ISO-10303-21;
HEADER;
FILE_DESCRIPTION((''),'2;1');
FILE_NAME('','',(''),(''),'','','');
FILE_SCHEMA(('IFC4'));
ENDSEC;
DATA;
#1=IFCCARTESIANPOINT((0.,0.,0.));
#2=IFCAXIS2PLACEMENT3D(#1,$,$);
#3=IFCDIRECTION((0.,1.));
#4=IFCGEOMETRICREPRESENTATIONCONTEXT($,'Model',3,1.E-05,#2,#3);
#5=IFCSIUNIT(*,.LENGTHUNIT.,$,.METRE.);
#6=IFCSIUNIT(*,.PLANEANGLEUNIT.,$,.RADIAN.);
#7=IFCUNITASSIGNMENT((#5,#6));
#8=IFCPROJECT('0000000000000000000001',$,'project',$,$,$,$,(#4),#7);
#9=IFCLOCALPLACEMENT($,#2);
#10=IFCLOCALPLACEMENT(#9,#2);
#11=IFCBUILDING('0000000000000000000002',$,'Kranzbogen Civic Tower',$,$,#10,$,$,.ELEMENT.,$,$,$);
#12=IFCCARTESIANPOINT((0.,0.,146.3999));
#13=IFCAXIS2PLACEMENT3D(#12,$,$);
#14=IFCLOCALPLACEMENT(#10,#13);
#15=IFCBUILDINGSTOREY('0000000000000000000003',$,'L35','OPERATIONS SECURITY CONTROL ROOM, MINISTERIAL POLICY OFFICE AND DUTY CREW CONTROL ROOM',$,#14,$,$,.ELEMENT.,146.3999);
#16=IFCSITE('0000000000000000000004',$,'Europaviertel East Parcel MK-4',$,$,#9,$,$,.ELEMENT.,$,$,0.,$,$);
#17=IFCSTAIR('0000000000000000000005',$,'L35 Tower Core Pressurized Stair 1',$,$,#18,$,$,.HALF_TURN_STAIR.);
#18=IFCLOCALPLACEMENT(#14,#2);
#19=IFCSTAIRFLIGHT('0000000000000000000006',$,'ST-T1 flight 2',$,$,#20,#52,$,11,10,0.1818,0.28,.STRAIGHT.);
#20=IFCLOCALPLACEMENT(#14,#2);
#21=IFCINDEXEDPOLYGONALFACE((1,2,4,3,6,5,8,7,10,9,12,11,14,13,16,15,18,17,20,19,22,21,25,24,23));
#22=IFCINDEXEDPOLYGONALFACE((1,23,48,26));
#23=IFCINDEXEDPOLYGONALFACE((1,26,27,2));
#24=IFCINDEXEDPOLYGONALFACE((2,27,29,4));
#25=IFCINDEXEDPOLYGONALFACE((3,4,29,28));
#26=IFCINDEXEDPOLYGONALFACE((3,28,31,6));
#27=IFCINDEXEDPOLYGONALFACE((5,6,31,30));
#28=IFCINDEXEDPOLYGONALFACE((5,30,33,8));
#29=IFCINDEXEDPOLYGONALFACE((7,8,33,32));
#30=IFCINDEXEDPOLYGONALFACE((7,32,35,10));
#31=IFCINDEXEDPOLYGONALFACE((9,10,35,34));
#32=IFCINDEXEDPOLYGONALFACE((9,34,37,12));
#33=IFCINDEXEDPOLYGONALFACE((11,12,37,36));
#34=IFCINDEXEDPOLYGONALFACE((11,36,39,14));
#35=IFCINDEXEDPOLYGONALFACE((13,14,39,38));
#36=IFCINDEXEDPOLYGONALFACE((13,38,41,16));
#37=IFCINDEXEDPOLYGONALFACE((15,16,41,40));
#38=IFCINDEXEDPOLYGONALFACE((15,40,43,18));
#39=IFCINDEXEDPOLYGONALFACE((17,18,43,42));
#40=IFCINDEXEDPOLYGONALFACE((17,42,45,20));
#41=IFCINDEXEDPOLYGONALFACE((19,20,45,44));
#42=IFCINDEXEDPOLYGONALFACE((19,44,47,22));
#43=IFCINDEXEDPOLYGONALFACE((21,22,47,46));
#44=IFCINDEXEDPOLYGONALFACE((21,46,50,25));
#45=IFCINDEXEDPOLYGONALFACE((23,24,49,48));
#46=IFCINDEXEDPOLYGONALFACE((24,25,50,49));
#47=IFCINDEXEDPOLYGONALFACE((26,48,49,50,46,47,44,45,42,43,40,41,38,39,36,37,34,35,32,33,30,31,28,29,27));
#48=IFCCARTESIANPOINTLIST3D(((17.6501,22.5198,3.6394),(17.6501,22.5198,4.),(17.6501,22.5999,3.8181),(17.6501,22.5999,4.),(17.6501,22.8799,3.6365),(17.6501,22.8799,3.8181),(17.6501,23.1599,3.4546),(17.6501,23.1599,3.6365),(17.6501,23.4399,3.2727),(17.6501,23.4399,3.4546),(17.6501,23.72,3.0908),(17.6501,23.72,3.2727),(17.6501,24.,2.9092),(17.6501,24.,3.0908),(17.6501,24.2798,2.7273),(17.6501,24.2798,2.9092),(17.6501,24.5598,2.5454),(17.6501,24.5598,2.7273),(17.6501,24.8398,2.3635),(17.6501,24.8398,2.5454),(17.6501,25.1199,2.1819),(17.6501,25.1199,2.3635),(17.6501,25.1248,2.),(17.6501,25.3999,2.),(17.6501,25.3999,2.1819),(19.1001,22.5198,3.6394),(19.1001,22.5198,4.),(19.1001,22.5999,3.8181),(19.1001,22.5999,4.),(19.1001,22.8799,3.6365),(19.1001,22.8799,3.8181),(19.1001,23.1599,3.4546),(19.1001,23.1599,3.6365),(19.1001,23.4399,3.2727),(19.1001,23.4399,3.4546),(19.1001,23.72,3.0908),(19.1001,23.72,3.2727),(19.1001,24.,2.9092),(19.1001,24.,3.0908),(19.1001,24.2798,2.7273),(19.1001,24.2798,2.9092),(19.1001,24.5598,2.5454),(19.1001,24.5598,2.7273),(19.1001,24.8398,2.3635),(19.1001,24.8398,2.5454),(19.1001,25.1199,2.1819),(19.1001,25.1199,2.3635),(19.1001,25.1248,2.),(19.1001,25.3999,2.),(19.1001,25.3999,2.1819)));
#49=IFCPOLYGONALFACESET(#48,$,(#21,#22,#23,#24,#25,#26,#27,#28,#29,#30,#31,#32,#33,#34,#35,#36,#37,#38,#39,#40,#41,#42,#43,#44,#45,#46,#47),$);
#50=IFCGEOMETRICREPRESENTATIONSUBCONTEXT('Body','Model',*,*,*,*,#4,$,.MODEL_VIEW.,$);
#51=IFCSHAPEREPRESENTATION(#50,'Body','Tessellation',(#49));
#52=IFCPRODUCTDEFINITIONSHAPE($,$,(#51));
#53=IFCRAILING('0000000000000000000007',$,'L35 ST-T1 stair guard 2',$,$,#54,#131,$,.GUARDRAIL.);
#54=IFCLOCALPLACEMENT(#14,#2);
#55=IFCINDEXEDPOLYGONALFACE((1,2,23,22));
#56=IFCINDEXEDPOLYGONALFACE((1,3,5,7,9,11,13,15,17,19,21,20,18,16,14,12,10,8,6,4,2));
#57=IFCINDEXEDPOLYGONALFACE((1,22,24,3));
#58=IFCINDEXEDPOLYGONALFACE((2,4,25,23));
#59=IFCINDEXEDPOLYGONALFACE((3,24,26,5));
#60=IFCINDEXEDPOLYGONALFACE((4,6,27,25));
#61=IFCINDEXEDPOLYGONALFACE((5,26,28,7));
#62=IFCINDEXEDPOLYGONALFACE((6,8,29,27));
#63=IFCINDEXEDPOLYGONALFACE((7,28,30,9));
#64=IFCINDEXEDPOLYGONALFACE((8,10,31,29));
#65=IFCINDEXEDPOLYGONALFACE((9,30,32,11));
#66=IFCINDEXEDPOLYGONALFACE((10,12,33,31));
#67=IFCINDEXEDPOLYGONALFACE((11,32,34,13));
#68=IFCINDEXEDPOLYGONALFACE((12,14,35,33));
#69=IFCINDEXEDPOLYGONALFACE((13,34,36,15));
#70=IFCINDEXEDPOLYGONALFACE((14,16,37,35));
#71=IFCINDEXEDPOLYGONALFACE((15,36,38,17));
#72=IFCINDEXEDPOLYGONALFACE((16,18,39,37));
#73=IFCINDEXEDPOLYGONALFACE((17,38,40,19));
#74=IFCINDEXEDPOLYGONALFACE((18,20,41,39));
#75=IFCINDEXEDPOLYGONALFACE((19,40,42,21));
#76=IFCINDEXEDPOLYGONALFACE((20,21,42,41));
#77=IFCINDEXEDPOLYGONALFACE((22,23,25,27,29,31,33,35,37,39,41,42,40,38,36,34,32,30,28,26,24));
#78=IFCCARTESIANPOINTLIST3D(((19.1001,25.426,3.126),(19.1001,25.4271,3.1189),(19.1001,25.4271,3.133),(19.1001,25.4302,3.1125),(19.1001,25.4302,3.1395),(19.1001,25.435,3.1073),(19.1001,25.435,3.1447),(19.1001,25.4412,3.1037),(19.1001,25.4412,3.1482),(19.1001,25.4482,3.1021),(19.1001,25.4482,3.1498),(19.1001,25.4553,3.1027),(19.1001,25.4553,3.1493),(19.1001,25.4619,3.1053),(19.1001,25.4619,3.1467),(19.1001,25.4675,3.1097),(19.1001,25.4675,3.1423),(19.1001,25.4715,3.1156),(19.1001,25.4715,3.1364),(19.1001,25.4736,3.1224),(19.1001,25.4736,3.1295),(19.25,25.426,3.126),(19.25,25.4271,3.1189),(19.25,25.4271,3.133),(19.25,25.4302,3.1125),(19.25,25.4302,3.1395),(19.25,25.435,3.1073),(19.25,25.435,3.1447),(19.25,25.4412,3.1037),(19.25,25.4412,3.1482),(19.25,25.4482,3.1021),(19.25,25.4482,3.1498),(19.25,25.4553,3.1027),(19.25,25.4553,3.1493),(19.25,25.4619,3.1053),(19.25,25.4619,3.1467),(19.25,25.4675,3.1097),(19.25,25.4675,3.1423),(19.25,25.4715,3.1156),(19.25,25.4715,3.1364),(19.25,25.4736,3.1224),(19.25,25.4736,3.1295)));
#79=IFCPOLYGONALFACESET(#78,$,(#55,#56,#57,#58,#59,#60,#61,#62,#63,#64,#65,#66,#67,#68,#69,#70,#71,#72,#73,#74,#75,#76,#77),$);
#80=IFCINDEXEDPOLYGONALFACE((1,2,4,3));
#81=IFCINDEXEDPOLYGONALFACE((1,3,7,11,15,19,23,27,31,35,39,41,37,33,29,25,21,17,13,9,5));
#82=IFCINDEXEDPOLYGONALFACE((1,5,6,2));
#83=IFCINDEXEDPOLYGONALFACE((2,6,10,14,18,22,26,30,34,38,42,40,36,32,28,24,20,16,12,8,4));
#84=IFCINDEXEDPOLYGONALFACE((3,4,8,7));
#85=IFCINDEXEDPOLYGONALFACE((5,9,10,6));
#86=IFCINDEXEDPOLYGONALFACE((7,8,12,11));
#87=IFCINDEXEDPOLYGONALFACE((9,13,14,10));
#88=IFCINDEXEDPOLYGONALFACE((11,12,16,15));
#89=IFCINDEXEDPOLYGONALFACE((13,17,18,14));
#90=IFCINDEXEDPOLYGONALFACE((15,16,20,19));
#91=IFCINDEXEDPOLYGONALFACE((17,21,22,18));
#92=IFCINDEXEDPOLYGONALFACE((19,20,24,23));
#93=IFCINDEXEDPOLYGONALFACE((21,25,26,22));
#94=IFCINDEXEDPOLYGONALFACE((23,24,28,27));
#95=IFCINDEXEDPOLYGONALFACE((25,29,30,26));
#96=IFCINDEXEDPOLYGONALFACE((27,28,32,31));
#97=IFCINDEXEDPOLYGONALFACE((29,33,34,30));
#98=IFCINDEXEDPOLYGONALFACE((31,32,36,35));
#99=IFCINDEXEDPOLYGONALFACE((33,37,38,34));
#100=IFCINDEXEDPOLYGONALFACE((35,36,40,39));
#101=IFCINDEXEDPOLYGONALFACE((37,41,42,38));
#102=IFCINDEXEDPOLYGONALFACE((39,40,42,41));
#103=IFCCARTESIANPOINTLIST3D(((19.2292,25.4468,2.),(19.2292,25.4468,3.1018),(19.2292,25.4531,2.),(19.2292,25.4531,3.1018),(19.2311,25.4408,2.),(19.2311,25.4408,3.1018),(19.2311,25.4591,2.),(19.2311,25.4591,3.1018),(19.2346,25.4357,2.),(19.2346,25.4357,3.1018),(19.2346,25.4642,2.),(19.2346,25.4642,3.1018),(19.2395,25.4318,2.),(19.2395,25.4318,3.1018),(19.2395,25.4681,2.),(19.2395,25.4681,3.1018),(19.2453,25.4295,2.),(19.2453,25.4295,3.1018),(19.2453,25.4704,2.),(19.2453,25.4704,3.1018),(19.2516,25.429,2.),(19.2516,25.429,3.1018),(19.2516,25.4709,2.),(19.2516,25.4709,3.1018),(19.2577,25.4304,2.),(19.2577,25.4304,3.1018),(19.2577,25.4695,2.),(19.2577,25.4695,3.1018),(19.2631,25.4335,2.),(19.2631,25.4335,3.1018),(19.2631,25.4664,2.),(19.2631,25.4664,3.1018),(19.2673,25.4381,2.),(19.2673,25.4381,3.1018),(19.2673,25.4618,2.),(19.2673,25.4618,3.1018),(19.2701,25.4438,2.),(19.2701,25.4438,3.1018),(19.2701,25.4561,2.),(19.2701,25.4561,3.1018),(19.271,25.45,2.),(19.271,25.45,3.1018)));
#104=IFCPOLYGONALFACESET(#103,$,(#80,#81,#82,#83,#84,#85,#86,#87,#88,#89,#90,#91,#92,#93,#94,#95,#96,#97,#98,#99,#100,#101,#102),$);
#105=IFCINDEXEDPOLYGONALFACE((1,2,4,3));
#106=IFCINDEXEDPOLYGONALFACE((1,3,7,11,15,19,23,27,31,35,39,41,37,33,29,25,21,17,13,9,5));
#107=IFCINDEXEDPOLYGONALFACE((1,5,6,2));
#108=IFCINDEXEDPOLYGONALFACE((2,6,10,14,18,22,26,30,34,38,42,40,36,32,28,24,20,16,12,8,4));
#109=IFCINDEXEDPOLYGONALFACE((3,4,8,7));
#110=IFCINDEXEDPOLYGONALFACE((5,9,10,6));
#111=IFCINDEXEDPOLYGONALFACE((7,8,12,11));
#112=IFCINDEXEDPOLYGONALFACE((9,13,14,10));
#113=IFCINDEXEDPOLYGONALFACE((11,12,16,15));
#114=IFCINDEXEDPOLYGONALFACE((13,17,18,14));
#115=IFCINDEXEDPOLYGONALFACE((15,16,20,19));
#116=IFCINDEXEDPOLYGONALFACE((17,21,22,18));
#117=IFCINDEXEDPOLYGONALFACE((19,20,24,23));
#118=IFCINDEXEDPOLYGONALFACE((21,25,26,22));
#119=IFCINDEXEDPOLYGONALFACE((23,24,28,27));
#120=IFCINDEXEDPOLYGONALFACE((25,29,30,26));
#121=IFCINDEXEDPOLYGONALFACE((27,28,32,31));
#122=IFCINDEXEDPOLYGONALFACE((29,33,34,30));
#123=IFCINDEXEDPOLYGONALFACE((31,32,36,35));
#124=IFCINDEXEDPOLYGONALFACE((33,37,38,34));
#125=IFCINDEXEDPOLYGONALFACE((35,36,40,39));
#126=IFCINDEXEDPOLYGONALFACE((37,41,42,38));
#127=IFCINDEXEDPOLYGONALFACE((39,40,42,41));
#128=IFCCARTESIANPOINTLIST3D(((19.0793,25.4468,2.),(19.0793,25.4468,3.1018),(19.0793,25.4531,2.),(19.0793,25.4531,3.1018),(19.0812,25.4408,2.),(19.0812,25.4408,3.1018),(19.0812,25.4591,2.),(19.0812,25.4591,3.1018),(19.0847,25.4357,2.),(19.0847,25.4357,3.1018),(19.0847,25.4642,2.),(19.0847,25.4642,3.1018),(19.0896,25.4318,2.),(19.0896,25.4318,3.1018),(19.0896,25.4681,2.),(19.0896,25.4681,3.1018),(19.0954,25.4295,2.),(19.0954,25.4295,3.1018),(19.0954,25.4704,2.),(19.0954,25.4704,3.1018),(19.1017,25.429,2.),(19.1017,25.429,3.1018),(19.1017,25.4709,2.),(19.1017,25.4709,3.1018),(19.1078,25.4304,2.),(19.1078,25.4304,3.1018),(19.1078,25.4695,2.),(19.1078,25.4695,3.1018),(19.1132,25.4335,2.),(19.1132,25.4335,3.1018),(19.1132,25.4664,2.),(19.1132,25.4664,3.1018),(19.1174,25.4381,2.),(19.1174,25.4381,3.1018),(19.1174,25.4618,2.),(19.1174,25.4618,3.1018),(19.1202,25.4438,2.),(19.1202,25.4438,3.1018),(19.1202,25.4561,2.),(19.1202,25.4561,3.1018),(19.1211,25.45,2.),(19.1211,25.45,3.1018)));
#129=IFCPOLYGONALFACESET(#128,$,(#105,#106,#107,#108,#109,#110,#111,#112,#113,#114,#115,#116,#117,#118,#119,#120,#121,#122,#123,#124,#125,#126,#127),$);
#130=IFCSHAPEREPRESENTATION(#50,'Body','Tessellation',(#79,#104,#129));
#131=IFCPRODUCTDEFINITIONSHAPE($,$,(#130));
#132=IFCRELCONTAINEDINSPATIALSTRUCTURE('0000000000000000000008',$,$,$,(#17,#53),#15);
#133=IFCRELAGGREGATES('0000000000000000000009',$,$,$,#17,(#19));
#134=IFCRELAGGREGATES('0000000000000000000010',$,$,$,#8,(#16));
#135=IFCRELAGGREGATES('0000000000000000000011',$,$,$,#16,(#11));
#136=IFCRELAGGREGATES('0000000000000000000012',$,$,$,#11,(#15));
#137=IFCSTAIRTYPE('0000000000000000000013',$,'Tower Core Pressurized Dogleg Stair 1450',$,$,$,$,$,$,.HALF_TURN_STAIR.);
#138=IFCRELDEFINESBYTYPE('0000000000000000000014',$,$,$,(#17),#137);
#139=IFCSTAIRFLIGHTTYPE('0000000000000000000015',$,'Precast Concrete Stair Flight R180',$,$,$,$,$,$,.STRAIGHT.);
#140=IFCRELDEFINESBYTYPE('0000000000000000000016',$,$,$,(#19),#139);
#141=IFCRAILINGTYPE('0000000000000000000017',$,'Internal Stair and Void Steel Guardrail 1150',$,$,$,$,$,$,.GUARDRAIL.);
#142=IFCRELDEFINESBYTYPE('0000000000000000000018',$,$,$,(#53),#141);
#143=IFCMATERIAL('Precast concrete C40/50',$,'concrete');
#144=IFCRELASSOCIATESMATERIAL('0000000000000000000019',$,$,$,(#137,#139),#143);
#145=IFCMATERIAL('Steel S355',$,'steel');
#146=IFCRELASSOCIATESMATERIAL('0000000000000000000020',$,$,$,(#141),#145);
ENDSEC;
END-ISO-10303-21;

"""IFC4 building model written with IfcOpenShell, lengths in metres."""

from ifc_helpers import new_model, si_unit, direction, frame, origin, origin_2d, place, context, subcontext, project, spatial, polyline, circle, outline, extrude, material, type_object, element, aggregate, save


model = new_model("IFC4")

# Units and contexts
model_context = context("Model", 3, precision=1e-05, world=origin(), true_north=direction((0.0, 1.0)))
body_context = subcontext(model_context, "Body", "Model", "MODEL_VIEW")
ifc_project = project(units=[si_unit("LENGTHUNIT", "METRE"), si_unit("PLANEANGLEUNIT", "RADIAN")], contexts=[model_context])

# Site, building, storey
site_placement = place(None, origin())
site = spatial("IfcSite", under=ifc_project, at=site_placement, Name="Europaviertel East Parcel MK-4", CompositionType="ELEMENT", RefElevation=0.0)
building_placement = place(site_placement, origin())
building = spatial("IfcBuilding", under=site, at=building_placement, Name="Kranzbogen Civic Tower", CompositionType="ELEMENT")
storey_placement = place(building_placement, frame((0.0, 0.0, 146.3999)))
storey = spatial("IfcBuildingStorey", under=building, at=storey_placement, Name="L35", Description="OPERATIONS SECURITY CONTROL ROOM, MINISTERIAL POLICY OFFICE AND DUTY CREW CONTROL ROOM", CompositionType="ELEMENT", Elevation=146.3999)

# Shared definitions
ifc_material_1 = material(Name="Steel S355", Category="steel")

# Stair, stair flight
ifc_material_2 = material(Name="Precast concrete C40/50", Category="concrete")
stair_type = type_object("IfcStairType", Name="Tower Core Pressurized Dogleg Stair 1450", PredefinedType="HALF_TURN_STAIR", material=ifc_material_2)
stair_placement = place(storey_placement, origin())
stair = element("IfcStair", 1, at=stair_placement, inside=storey, type_object=stair_type, Name="L35 Tower Core Pressurized Stair 1", PredefinedType="HALF_TURN_STAIR")
stair_flight_type = type_object("IfcStairFlightType", Name="Precast Concrete Stair Flight R180", PredefinedType="STRAIGHT", material=ifc_material_2)
stair_flight_placement = place(storey_placement, frame((18.375, 25.3999, 2.0), z_axis=(0.0, 0.0, 1.0), x_axis=(0.0, -1.0, 0.0)))
stair_flight = element("IfcStairFlight", 2, at=stair_flight_placement, type_object=stair_flight_type, Name="ST-T1 flight 2", NumberOfRisers=11, NumberOfTreads=10, PredefinedType="STRAIGHT", RiserHeight=0.1818, TreadLength=0.28, context=body_context, shape_type="SweptSolid", body=[
    extrude(outline(polyline([(0.0, 0.0), (0.0, 0.1819), (0.28, 0.1819), (0.28, 0.3635), (0.5601, 0.3635), (0.5601, 0.5454), (0.8401, 0.5454), (0.8401, 0.7273), (1.1201, 0.7273), (1.1201, 0.9092), (1.3999, 0.9092), (1.3999, 1.0908), (1.6799, 1.0908), (1.6799, 1.2727), (1.96, 1.2727), (1.96, 1.4546), (2.24, 1.4546), (2.24, 1.6365), (2.52, 1.6365), (2.52, 1.8181), (2.8, 1.8181), (2.8, 2.0), (2.8801, 2.0), (2.8801, 1.6394), (0.2751, 0.0), (0.0, 0.0)])), frame((0.0, 0.7251, 0.0), z_axis=(0.0, -1.0, 0.0), x_axis=(1.0, 0.0, 0.0)), (0.0, 0.0, 1.0), 1.45),
])
aggregate(stair, [stair_flight])

# Railing
railing_type_1 = type_object("IfcRailingType", Name="Internal Stair and Void Steel Guardrail 1150", PredefinedType="GUARDRAIL", material=ifc_material_1)
railing_1_placement = place(storey_placement, frame((19.25, 25.45, 2.0)))
element("IfcRailing", 3, at=railing_1_placement, inside=storey, type_object=railing_type_1, Name="L35 ST-T1 stair guard 2", PredefinedType="GUARDRAIL", context=body_context, shape_type="SweptSolid", body=[
    extrude(circle(Radius=0.0239, at=origin_2d()), frame((0.0, 0.0, 1.126), z_axis=(-1.0, 0.0, 0.0), x_axis=(0.0, -1.0, 0.0)), (0.0, 0.0, 1.0), 0.1499),
    extrude(circle(Radius=0.021, at=origin_2d()), origin(), (0.0, 0.0, 1.0), 1.1018),
    extrude(circle(Radius=0.021, at=origin_2d()), frame((-0.1499, 0.0, 0.0)), (0.0, 0.0, 1.0), 1.1018),
])

save(model, "model.ifc")
